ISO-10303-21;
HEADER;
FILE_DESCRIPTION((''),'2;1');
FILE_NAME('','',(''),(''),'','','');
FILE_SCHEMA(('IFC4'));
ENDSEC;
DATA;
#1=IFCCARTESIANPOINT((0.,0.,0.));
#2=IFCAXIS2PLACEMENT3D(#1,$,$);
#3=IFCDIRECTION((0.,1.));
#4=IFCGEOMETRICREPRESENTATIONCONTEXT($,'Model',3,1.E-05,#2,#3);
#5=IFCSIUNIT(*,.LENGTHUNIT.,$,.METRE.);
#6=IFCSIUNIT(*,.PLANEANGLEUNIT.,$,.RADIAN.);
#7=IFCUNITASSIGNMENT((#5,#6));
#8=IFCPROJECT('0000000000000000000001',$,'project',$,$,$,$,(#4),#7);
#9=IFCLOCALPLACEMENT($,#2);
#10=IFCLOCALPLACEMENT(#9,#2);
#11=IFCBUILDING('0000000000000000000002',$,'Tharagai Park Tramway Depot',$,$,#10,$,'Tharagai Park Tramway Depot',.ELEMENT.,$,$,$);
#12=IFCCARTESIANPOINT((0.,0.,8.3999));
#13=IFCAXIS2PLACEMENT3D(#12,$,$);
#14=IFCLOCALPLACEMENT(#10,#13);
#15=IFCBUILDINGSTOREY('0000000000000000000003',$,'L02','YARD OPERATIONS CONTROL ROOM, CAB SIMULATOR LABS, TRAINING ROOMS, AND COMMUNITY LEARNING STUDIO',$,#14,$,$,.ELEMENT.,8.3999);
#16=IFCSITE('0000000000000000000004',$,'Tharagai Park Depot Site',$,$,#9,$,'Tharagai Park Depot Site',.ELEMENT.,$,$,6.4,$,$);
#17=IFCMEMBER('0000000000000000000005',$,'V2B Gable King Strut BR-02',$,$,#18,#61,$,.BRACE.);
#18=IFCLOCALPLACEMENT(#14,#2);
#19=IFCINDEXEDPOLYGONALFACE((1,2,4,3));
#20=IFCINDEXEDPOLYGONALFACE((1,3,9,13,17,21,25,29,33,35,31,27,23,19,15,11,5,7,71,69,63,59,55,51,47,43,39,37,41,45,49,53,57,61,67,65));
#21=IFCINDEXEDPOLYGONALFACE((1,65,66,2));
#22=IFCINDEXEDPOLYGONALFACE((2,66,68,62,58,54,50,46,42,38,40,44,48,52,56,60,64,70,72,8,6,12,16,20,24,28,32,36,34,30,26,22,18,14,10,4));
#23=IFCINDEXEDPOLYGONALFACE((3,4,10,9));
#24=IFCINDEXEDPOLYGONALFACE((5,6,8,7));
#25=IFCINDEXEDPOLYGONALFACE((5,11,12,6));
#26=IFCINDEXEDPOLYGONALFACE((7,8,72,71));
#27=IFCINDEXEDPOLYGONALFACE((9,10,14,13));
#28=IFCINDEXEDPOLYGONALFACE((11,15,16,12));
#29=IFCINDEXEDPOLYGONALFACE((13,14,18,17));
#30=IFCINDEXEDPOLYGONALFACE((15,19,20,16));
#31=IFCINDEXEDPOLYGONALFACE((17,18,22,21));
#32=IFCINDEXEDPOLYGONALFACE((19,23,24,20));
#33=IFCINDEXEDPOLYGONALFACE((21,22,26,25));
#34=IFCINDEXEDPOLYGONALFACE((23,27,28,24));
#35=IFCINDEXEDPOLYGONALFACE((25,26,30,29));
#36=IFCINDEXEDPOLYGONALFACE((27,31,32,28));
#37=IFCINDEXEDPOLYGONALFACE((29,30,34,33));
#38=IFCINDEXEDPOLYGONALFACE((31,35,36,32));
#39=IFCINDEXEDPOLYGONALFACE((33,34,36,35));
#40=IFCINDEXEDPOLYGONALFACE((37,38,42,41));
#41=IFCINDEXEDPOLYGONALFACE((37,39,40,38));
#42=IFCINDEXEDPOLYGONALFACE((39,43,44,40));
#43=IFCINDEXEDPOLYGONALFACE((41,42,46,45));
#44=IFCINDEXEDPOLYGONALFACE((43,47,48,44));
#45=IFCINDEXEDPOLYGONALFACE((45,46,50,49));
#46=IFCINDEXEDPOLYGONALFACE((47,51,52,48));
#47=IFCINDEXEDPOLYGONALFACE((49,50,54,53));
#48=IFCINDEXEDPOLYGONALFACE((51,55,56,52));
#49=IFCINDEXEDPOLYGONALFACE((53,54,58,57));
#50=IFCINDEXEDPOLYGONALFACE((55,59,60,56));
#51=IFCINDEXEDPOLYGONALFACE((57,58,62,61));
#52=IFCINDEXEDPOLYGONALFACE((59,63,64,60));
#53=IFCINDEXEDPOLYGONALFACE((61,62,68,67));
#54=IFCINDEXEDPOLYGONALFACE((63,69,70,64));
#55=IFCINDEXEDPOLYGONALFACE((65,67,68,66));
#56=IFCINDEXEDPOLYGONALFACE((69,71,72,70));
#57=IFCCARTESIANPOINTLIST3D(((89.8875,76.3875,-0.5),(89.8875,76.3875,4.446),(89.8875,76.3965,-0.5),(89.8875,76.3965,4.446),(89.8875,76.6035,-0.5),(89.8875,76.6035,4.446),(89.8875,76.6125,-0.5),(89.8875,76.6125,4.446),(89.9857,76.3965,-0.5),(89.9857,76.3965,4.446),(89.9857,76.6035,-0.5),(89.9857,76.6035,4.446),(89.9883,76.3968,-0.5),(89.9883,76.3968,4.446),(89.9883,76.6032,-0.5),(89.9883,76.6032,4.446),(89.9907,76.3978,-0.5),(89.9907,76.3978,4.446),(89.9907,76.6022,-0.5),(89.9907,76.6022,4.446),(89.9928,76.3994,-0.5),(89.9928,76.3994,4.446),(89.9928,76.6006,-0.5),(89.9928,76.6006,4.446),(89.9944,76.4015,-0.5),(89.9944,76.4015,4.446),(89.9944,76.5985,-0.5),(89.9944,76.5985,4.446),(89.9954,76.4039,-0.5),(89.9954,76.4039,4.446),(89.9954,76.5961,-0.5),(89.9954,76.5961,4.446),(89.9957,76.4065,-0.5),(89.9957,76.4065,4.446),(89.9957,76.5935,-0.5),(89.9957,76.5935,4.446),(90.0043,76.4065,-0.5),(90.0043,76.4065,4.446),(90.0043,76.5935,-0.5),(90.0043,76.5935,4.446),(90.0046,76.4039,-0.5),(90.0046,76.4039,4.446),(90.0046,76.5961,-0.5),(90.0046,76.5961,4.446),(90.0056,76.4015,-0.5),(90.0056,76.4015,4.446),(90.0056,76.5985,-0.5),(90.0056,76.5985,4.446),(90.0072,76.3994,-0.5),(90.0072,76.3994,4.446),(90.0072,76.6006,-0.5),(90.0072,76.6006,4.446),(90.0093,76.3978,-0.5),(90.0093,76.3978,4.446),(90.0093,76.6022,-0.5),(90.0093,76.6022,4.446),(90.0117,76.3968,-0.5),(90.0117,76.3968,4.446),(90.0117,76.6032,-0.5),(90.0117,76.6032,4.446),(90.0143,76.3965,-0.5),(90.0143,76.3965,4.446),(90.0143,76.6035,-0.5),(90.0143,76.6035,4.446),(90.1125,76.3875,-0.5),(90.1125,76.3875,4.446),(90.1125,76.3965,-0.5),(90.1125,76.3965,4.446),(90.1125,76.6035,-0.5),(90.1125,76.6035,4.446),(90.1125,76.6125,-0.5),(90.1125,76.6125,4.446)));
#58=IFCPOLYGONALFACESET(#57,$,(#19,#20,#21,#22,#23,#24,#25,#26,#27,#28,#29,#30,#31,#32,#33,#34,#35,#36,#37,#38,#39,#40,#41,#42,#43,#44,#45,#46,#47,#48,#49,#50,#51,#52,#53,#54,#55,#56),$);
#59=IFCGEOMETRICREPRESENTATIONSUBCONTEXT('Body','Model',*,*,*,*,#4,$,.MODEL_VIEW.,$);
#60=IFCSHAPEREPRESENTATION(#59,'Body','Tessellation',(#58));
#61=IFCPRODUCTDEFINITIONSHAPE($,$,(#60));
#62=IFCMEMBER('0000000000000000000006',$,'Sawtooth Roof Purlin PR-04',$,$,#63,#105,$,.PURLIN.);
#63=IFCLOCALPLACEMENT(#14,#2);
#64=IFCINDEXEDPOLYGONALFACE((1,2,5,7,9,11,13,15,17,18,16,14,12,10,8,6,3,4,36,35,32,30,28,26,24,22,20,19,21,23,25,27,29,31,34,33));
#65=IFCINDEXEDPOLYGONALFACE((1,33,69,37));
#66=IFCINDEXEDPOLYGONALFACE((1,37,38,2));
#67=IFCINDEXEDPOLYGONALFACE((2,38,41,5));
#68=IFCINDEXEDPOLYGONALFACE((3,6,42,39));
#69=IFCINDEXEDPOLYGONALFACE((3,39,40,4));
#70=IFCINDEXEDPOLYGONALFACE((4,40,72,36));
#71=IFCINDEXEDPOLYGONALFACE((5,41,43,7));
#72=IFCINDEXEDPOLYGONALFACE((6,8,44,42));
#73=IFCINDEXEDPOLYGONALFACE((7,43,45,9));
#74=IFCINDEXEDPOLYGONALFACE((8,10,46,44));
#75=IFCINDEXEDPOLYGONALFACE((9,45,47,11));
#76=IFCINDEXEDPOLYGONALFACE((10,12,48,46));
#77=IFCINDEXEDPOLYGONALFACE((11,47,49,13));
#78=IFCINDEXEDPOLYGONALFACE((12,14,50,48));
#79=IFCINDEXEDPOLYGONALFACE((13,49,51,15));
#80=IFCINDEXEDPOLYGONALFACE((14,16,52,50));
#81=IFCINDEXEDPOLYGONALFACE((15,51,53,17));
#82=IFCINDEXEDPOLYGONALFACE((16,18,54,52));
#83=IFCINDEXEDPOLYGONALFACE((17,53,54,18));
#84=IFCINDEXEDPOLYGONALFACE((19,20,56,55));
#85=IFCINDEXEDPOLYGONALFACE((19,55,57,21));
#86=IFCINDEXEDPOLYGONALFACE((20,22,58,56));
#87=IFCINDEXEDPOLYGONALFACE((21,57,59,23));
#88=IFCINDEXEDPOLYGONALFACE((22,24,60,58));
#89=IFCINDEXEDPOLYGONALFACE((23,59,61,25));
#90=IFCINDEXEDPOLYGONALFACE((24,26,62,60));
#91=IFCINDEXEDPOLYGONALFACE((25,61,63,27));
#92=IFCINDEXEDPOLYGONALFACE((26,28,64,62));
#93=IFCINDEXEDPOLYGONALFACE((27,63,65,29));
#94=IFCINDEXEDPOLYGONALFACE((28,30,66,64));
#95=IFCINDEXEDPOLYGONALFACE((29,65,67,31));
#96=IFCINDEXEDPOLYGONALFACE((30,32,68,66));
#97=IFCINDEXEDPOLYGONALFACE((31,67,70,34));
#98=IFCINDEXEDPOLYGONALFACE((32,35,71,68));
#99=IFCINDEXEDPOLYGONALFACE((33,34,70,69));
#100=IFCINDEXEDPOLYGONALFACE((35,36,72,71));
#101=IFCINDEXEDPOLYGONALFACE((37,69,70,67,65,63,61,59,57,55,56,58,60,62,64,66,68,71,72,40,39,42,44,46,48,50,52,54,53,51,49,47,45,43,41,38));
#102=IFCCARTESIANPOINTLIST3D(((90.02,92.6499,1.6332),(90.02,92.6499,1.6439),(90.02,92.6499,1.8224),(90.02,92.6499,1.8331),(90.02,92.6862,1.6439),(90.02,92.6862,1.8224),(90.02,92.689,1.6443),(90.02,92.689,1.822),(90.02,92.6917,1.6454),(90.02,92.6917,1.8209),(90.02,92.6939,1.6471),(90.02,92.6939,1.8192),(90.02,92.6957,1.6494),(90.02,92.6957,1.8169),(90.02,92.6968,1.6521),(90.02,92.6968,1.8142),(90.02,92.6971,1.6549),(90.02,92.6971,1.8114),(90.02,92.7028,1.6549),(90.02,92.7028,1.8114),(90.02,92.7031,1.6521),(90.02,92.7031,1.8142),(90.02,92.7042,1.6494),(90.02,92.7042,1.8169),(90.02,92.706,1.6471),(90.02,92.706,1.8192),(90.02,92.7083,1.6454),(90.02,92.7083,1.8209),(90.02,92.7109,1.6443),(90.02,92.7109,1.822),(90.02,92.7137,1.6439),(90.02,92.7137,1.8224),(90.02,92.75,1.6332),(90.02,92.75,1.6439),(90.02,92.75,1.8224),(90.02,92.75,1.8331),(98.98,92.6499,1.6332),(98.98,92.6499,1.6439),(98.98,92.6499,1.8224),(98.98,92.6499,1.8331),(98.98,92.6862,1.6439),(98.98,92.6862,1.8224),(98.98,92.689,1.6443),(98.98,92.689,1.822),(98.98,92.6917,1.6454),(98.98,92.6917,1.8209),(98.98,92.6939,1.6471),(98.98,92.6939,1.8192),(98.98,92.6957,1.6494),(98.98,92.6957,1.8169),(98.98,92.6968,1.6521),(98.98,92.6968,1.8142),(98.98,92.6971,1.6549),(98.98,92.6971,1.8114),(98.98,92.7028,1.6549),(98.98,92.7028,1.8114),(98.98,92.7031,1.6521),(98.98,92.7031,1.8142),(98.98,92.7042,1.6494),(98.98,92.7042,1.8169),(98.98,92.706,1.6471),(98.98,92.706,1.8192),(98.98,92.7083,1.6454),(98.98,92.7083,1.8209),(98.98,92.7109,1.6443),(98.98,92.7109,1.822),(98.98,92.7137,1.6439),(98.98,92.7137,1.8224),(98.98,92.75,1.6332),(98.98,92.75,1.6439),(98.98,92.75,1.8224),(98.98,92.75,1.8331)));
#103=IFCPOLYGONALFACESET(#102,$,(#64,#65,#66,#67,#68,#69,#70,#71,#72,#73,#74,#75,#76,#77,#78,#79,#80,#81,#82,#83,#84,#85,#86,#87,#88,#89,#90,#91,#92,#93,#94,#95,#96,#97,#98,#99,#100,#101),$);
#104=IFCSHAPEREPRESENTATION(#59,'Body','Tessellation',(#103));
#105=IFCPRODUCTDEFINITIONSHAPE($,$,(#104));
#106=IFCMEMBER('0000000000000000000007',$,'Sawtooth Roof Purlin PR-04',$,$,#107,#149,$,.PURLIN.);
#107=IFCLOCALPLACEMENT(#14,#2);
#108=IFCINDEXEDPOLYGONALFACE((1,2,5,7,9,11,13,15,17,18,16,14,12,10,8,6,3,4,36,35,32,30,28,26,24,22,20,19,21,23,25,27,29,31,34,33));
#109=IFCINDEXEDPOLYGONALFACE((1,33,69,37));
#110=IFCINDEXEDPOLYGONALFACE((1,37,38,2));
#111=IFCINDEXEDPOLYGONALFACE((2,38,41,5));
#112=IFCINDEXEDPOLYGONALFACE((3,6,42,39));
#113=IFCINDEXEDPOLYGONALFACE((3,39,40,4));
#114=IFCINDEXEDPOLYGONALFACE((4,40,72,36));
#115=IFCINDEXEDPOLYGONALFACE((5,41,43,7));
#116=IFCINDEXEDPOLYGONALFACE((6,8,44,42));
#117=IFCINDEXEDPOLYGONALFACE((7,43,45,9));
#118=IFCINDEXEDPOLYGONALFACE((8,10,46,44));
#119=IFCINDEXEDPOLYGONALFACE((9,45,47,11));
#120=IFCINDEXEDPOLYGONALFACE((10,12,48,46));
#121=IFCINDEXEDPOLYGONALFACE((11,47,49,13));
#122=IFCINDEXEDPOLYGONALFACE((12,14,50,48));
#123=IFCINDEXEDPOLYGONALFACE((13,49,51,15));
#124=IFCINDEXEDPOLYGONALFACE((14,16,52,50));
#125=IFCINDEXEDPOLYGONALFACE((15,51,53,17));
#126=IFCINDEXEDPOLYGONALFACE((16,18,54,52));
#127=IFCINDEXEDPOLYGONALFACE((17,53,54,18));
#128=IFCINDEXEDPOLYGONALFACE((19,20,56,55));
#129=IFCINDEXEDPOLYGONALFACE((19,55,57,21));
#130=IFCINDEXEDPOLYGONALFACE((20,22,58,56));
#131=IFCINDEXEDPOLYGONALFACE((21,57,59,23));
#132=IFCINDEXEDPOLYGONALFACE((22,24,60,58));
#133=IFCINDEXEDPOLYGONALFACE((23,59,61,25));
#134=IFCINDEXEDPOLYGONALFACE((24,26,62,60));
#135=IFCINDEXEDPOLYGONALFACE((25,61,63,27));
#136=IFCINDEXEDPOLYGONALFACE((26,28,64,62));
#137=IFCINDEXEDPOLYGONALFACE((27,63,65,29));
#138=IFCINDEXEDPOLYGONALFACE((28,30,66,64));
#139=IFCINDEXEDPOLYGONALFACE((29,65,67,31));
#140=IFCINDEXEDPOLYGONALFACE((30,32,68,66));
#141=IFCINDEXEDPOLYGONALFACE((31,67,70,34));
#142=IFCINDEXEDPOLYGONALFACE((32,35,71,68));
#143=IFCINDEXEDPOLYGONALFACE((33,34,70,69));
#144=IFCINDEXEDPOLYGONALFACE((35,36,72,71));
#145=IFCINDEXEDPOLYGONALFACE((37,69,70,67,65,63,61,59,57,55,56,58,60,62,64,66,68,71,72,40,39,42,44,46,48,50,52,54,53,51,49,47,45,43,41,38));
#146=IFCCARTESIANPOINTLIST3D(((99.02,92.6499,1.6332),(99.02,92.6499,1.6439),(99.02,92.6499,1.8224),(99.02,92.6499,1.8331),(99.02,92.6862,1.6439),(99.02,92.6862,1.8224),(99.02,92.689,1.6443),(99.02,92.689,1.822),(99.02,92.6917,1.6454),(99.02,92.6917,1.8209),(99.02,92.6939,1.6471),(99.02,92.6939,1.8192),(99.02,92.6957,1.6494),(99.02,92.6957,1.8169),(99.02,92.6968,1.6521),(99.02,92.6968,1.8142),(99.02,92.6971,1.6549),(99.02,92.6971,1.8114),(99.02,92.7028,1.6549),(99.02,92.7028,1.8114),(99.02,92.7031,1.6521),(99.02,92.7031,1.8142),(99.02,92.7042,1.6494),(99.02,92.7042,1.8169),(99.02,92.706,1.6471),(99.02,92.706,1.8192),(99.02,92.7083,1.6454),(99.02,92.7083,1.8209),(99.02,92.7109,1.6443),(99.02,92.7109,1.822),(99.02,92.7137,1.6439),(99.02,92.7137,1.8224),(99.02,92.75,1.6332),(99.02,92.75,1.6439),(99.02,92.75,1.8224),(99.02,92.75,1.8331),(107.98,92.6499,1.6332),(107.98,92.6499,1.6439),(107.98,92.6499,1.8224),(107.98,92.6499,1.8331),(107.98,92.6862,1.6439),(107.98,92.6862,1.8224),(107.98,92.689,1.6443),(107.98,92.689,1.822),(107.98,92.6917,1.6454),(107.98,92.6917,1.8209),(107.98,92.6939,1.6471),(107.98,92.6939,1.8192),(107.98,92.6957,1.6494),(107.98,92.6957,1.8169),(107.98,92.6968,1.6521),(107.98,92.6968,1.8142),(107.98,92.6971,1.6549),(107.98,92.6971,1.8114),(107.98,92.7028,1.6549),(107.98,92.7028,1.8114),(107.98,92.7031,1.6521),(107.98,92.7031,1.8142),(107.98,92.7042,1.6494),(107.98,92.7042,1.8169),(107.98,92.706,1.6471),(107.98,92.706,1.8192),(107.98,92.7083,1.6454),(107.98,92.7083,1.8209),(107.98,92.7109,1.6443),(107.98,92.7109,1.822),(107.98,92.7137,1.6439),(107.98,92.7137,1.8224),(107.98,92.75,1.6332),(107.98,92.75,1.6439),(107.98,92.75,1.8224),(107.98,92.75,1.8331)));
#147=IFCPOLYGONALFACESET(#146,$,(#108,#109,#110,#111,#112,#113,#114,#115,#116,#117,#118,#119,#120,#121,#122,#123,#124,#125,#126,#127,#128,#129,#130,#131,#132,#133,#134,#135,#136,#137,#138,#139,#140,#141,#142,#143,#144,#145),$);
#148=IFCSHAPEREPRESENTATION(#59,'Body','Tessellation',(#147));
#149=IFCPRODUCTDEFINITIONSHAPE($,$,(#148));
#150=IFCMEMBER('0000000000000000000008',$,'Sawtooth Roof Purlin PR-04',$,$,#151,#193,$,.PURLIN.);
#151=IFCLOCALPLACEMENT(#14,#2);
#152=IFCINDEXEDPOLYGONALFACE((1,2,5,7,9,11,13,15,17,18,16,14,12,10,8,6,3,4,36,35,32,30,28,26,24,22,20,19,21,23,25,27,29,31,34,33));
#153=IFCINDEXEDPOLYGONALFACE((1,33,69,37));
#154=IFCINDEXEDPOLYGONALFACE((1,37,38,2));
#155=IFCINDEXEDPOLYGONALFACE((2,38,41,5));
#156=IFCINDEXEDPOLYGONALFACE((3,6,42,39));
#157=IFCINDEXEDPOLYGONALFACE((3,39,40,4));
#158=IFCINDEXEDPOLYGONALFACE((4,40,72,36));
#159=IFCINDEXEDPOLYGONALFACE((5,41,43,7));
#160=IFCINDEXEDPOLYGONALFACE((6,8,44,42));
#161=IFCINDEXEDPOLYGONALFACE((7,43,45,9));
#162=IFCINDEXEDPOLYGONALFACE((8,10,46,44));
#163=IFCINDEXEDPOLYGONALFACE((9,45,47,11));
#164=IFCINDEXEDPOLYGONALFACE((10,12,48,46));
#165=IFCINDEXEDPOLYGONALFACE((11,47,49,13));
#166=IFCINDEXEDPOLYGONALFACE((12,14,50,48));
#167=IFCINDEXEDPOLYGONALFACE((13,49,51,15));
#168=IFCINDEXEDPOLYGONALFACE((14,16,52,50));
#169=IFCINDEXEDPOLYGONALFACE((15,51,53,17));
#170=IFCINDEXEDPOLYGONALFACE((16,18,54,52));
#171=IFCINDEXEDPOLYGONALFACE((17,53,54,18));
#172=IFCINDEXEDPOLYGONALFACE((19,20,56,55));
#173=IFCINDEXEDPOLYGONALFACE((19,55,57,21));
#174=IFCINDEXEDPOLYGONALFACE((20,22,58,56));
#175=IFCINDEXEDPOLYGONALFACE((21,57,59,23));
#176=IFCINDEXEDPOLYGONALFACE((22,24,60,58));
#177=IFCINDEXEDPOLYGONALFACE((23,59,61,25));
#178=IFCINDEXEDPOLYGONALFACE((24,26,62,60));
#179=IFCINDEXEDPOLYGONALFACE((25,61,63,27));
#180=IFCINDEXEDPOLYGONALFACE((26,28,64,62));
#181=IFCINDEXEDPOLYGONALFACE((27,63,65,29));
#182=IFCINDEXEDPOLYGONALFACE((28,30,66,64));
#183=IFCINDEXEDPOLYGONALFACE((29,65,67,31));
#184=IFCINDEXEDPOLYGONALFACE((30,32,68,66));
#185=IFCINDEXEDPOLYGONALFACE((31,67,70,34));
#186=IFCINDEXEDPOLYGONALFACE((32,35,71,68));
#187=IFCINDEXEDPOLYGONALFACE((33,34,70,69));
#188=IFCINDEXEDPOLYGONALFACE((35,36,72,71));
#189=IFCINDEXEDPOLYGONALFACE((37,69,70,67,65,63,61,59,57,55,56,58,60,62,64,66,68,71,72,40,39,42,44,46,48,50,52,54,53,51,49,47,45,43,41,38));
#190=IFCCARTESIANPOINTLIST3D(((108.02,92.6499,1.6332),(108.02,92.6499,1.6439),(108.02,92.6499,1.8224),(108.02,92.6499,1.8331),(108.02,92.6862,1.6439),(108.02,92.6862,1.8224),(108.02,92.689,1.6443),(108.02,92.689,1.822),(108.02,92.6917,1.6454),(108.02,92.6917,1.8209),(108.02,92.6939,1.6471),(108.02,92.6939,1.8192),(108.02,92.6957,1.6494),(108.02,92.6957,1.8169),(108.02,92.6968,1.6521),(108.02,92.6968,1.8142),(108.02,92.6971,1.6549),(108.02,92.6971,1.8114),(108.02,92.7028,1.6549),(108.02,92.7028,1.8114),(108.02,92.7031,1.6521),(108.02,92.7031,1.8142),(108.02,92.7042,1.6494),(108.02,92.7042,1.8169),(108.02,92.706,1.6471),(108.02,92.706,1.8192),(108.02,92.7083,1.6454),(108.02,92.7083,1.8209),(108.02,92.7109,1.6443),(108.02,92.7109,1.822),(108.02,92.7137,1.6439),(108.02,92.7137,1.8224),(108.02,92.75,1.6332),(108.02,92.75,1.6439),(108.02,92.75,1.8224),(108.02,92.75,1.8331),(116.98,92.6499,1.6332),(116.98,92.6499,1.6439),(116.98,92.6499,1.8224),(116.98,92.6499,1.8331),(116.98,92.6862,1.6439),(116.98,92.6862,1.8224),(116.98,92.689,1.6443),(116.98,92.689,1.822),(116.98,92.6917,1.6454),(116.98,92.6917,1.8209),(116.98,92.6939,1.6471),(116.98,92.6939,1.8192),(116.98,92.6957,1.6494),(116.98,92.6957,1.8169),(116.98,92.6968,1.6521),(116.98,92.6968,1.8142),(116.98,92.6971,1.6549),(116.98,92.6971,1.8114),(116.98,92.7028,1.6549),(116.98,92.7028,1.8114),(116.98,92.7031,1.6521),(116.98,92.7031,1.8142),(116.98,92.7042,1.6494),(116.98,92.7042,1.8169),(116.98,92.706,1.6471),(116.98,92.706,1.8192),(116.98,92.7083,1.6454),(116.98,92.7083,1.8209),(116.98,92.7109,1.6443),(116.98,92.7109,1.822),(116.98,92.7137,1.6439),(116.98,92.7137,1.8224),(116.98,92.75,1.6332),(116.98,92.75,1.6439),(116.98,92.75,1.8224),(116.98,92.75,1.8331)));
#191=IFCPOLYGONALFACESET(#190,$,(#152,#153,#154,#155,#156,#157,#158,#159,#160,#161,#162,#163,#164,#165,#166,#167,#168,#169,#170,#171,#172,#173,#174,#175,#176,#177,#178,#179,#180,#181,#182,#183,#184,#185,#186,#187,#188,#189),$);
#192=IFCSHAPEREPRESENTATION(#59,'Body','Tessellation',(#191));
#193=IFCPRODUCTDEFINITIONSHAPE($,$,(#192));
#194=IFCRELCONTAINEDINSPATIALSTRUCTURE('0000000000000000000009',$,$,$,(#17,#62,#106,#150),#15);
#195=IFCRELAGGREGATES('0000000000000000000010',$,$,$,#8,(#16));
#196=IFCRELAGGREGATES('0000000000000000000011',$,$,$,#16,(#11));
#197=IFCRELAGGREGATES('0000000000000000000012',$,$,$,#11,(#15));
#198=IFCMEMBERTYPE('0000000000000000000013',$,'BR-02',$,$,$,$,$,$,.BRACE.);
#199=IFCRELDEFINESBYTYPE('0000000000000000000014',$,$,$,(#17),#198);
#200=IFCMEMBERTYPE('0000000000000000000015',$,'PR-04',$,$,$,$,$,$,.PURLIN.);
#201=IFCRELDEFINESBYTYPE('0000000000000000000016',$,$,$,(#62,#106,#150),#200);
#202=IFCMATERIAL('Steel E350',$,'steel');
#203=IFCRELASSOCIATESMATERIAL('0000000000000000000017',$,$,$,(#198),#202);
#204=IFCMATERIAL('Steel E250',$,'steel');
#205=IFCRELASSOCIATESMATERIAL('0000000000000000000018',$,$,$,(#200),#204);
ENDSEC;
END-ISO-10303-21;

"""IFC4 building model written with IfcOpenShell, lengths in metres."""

from ifc_helpers import new_model, si_unit, direction, frame, origin, origin_2d, place, context, subcontext, project, spatial, i_section, extrude, material, material_profile, profile_set, type_object, element, save


model = new_model("IFC4")

# Units and contexts
model_context = context("Model", 3, precision=1e-05, world=origin(), true_north=direction((0.0, 1.0)))
body_context = subcontext(model_context, "Body", "Model", "MODEL_VIEW")
ifc_project = project(units=[si_unit("LENGTHUNIT", "METRE"), si_unit("PLANEANGLEUNIT", "RADIAN")], contexts=[model_context])

# Site, building, storey
site_placement = place(None, origin())
site = spatial("IfcSite", under=ifc_project, at=site_placement, Name="Tharagai Park Depot Site", LongName="Tharagai Park Depot Site", CompositionType="ELEMENT", RefElevation=6.4)
building_placement = place(site_placement, origin())
building = spatial("IfcBuilding", under=site, at=building_placement, Name="Tharagai Park Tramway Depot", LongName="Tharagai Park Tramway Depot", CompositionType="ELEMENT")
storey_placement = place(building_placement, frame((0.0, 0.0, 8.3999)))
storey = spatial("IfcBuildingStorey", under=building, at=storey_placement, Name="L02", Description="YARD OPERATIONS CONTROL ROOM, CAB SIMULATOR LABS, TRAINING ROOMS, AND COMMUNITY LEARNING STUDIO", CompositionType="ELEMENT", Elevation=8.3999)

# Shared definitions
ifc_material_1 = material(Name="Steel E350", Category="steel")

# Members
ifc_material_profile_1 = material_profile(ifc_material_1, i_section(OverallWidth=0.2251, OverallDepth=0.2251, WebThickness=0.0085, FlangeThickness=0.009, FilletRadius=0.01, at=origin_2d()), Name="ISHB 225")
ifc_profile_set_1 = profile_set([ifc_material_profile_1], Name="Steel E350")
member_type_1 = type_object("IfcMemberType", Name="BR-02", PredefinedType="BRACE", material=ifc_profile_set_1)
member_1_placement = place(storey_placement, frame((90.0, 76.5, -0.5), z_axis=(0.0, 0.0, 1.0), x_axis=(1.0, 0.0, 0.0)))
element("IfcMember", 1, at=member_1_placement, inside=storey, type_object=member_type_1, Name="V2B Gable King Strut BR-02", PredefinedType="BRACE", context=body_context, shape_type="SweptSolid", body=[
    extrude(i_section(OverallWidth=0.2251, OverallDepth=0.2251, WebThickness=0.0085, FlangeThickness=0.009, FilletRadius=0.01, at=origin_2d()), origin(), (0.0, 0.0, 1.0), 4.946),
])
ifc_material_2 = material(Name="Steel E250", Category="steel")
ifc_material_profile_2 = material_profile(ifc_material_2, i_section(OverallWidth=0.1001, OverallDepth=0.2, WebThickness=0.0056, FlangeThickness=0.0107, FilletRadius=0.011, at=origin_2d()), Name="ISMB 200")
ifc_profile_set_2 = profile_set([ifc_material_profile_2], Name="Steel E250")
member_type_2 = type_object("IfcMemberType", Name="PR-04", PredefinedType="PURLIN", material=ifc_profile_set_2)
for number, where, z_axis, x_axis, name in (
    (2, (90.02, 92.7, 1.7332), (1.0, 0.0, 0.0), (0.0, 1.0, 0.0), "Sawtooth Roof Purlin PR-04"),
    (3, (99.02, 92.7, 1.7332), (1.0, 0.0, 0.0), (0.0, 1.0, 0.0), "Sawtooth Roof Purlin PR-04"),
    (4, (108.02, 92.7, 1.7332), (1.0, 0.0, 0.0), (0.0, 1.0, 0.0), "Sawtooth Roof Purlin PR-04"),
):
    element("IfcMember", number, at=place(storey_placement, frame(where, z_axis=z_axis, x_axis=x_axis)), inside=storey, type_object=member_type_2, Name=name, PredefinedType="PURLIN", context=body_context, shape_type="SweptSolid", body=[
        extrude(i_section(OverallWidth=0.1001, OverallDepth=0.2, WebThickness=0.0056, FlangeThickness=0.0107, FilletRadius=0.011, at=origin_2d()), origin(), (0.0, 0.0, 1.0), 8.96),
    ])

save(model, "model.ifc")
